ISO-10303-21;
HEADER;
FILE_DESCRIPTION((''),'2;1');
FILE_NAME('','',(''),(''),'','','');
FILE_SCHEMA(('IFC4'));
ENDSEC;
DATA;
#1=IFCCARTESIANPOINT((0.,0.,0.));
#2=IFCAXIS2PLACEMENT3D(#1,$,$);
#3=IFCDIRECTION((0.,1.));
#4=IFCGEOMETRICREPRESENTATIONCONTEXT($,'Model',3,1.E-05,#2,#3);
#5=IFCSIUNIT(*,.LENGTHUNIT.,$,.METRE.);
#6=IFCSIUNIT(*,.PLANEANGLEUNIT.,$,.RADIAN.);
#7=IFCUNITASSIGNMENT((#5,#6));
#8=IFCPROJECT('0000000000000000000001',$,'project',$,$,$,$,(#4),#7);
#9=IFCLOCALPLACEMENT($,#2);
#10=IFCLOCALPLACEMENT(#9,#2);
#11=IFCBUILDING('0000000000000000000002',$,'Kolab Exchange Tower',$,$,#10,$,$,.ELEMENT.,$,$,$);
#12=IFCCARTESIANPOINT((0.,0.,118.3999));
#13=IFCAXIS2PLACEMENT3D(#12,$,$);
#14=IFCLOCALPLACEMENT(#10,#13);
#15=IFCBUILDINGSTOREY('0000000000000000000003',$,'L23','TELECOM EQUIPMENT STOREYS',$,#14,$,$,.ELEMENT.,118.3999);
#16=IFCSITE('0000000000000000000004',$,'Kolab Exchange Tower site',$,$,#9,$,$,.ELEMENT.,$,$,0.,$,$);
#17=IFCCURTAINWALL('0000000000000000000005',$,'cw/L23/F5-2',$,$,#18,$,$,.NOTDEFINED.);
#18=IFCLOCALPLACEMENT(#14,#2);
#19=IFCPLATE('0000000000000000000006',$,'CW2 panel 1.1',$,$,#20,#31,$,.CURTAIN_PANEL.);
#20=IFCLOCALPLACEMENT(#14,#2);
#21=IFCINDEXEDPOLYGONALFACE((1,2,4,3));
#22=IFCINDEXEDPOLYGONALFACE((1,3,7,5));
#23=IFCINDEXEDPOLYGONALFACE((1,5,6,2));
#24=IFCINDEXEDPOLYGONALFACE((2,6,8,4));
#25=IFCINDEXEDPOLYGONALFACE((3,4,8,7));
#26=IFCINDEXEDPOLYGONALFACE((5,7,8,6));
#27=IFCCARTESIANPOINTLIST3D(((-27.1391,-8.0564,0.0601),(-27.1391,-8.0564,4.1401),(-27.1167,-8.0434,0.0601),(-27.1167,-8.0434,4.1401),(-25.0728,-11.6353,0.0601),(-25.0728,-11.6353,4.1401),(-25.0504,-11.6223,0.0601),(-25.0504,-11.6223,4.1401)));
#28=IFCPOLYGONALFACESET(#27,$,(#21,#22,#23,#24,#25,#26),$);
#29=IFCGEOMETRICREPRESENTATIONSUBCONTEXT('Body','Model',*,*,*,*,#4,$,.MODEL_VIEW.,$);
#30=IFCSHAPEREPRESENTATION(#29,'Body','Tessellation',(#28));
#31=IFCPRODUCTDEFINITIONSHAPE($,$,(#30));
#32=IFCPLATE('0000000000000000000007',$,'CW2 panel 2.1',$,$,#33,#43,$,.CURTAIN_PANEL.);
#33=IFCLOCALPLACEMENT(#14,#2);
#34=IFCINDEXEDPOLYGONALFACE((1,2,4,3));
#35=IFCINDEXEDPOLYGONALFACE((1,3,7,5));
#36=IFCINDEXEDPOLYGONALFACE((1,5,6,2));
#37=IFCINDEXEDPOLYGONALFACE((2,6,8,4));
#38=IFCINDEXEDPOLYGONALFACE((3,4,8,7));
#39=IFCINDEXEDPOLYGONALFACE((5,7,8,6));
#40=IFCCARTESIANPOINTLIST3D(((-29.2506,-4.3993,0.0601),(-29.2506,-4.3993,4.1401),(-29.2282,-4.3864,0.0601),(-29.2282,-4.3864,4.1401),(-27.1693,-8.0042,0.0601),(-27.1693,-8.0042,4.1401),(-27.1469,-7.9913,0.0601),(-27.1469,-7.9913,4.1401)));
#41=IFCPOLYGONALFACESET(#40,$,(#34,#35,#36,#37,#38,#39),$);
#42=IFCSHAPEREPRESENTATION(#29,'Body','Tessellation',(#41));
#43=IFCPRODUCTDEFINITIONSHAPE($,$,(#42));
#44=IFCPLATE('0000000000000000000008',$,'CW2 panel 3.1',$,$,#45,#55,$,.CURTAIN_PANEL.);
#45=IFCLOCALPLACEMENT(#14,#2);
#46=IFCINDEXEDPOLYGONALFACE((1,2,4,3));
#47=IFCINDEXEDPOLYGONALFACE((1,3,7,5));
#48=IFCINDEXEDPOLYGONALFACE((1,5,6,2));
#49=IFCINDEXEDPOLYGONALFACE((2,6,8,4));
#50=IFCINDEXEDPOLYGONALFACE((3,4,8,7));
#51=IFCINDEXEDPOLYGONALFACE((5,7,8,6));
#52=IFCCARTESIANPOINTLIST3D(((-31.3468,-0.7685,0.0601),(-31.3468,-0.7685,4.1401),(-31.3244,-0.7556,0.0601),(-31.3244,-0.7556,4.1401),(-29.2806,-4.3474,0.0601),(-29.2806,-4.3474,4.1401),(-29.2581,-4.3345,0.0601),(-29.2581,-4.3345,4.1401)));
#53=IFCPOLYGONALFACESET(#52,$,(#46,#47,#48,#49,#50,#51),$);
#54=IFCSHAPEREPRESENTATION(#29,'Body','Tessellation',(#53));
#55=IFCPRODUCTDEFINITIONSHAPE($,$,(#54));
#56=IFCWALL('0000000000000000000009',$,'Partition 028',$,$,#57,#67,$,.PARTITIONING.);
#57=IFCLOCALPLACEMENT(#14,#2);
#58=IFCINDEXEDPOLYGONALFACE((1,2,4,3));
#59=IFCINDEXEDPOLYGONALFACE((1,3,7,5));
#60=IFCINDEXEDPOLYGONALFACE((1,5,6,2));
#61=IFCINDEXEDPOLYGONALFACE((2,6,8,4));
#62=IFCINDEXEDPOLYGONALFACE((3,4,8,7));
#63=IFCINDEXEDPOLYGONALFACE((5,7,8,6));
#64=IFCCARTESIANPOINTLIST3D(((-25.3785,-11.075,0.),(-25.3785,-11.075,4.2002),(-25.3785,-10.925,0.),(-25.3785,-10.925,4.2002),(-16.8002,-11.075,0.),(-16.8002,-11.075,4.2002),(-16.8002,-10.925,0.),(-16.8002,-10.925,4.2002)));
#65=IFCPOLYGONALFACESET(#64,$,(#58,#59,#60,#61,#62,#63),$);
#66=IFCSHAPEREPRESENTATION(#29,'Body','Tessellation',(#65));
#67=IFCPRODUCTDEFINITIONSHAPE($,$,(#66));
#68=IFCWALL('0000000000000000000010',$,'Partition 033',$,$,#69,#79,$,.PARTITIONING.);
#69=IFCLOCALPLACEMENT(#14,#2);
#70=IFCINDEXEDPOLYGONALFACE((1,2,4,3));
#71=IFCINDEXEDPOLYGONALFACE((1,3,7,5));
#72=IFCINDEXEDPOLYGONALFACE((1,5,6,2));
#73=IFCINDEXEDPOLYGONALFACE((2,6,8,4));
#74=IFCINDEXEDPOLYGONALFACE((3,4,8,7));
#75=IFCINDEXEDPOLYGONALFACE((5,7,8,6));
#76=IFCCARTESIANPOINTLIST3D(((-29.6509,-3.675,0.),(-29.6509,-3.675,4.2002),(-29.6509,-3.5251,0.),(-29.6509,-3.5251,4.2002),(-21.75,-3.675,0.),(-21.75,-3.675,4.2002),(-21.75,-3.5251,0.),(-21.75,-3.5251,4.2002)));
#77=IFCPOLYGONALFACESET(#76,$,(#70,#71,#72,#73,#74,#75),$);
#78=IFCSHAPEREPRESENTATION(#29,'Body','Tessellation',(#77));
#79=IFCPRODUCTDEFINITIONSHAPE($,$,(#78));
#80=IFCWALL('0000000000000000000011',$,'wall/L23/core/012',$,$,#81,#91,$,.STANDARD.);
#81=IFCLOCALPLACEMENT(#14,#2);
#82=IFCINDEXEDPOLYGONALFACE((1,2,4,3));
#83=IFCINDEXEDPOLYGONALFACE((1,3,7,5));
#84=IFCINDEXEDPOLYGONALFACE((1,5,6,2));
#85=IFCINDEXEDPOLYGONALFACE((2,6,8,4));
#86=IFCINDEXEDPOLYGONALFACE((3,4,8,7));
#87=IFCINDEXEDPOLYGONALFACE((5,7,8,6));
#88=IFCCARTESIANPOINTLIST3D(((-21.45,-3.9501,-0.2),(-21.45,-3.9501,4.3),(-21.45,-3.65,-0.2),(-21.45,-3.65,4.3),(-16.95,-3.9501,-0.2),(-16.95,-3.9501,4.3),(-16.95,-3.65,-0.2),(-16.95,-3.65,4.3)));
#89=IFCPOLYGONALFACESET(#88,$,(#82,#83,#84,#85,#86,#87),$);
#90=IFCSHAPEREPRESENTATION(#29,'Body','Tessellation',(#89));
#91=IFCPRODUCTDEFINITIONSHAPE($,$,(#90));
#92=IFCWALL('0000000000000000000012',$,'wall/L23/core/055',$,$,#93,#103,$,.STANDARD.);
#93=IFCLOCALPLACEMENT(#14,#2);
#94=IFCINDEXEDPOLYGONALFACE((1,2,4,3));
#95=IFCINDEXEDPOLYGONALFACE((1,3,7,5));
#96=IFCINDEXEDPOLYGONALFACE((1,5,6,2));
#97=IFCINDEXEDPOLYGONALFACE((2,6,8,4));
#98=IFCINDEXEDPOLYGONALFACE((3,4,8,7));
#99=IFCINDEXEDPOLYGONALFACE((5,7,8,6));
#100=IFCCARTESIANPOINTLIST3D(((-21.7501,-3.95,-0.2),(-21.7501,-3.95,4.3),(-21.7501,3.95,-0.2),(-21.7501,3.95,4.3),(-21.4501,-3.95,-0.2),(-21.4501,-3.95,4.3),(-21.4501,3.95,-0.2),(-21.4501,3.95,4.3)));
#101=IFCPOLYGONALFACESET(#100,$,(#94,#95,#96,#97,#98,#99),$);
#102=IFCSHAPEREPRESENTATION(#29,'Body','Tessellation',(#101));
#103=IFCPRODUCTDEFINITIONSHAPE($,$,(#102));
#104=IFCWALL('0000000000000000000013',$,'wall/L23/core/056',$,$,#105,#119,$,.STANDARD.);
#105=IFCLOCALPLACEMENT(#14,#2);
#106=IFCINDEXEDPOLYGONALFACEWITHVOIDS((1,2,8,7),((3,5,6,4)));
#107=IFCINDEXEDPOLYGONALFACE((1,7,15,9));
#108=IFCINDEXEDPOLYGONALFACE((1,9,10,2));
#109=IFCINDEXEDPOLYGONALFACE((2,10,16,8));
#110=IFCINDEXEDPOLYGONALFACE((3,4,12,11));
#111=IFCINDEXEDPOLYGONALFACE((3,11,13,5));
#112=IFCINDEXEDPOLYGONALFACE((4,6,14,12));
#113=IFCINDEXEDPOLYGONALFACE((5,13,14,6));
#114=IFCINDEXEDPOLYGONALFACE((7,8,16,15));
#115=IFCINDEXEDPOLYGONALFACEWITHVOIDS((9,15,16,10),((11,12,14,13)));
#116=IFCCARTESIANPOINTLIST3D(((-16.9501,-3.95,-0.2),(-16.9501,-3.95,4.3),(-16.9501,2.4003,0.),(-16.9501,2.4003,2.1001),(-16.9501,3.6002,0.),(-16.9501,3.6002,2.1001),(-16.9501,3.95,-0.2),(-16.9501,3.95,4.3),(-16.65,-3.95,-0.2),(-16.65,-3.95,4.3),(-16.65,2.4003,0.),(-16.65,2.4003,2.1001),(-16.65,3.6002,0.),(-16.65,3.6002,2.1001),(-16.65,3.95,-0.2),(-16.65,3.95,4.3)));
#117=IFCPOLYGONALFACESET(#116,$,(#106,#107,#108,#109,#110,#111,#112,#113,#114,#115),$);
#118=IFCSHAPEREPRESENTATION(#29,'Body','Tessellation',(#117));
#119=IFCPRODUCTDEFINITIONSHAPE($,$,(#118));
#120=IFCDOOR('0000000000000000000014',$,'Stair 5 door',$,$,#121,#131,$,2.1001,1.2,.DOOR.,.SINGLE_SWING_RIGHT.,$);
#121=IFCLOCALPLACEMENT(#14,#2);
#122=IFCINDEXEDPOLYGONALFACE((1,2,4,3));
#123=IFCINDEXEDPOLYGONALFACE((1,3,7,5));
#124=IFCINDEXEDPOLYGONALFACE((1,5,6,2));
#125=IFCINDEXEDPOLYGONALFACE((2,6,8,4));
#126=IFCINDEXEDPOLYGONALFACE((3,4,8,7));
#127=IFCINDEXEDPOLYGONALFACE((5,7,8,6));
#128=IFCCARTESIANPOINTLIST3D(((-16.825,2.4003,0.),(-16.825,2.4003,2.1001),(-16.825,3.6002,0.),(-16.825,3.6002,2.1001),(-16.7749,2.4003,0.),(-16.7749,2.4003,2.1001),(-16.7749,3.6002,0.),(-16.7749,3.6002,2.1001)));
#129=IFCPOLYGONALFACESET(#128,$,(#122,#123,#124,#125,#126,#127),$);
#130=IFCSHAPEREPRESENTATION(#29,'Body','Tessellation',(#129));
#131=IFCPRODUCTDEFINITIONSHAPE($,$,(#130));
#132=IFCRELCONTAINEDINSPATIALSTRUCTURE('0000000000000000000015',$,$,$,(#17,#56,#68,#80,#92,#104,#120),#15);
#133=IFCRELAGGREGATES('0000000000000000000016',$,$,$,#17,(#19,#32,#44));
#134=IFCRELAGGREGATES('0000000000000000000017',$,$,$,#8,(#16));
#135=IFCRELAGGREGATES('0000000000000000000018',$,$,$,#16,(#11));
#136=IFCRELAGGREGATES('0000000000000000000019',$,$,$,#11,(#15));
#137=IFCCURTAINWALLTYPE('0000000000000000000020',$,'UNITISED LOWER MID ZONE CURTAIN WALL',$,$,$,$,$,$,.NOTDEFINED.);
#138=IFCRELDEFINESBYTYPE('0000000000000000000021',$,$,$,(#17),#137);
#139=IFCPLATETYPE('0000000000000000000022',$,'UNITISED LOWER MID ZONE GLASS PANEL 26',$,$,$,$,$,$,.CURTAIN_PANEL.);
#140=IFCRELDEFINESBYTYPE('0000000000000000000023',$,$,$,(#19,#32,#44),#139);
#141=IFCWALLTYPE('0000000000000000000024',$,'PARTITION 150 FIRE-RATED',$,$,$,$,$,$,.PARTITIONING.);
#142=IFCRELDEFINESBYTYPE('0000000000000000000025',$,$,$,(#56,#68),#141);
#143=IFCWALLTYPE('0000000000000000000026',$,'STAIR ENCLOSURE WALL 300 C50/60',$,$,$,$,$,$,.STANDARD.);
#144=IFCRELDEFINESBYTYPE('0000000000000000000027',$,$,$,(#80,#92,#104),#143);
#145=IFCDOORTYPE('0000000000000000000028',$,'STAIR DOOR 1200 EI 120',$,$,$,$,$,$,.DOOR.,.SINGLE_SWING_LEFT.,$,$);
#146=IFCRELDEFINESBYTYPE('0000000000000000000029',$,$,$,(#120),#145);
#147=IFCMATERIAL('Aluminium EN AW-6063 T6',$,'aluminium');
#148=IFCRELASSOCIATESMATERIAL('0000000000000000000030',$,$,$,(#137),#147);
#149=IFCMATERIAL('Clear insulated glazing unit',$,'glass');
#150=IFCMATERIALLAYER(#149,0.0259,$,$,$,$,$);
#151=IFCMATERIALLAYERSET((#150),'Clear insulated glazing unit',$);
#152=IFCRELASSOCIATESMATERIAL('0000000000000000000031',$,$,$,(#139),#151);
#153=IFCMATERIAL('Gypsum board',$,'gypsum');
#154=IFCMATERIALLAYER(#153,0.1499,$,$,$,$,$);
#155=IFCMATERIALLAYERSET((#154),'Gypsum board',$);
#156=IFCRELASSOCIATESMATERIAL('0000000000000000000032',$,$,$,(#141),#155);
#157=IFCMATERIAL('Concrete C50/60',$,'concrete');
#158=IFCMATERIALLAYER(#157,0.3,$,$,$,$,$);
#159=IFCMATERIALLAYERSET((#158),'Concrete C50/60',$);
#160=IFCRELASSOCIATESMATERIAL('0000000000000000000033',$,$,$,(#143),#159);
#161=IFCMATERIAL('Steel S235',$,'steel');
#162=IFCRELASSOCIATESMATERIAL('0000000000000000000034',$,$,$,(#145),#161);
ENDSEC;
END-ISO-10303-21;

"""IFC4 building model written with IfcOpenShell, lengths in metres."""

from ifc_helpers import new_model, si_unit, direction, frame, frame_2d, origin, origin_2d, place, context, subcontext, project, spatial, rectangle, extrude, material, layer, layer_set, type_object, element, fill, aggregate, save


model = new_model("IFC4")

# Units and contexts
model_context = context("Model", 3, precision=1e-05, world=origin(), true_north=direction((0.0, 1.0)))
body_context = subcontext(model_context, "Body", "Model", "MODEL_VIEW")
ifc_project = project(units=[si_unit("LENGTHUNIT", "METRE"), si_unit("PLANEANGLEUNIT", "RADIAN")], contexts=[model_context])

# Site, building, storey
site_placement = place(None, origin())
site = spatial("IfcSite", under=ifc_project, at=site_placement, Name="Kolab Exchange Tower site", CompositionType="ELEMENT", RefElevation=0.0)
building_placement = place(site_placement, origin())
building = spatial("IfcBuilding", under=site, at=building_placement, Name="Kolab Exchange Tower", CompositionType="ELEMENT")
storey_placement = place(building_placement, frame((0.0, 0.0, 118.3999)))
storey = spatial("IfcBuildingStorey", under=building, at=storey_placement, Name="L23", Description="TELECOM EQUIPMENT STOREYS", CompositionType="ELEMENT", Elevation=118.3999)

# Curtain wall
ifc_material_1 = material(Name="Aluminium EN AW-6063 T6", Category="aluminium")
curtain_wall_type = type_object("IfcCurtainWallType", Name="UNITISED LOWER MID ZONE CURTAIN WALL", PredefinedType="NOTDEFINED", material=ifc_material_1)
curtain_wall_1_placement = place(storey_placement, origin())
curtain_wall_1 = element("IfcCurtainWall", 1, at=curtain_wall_1_placement, inside=storey, type_object=curtain_wall_type, Name="cw/L23/F5-2", PredefinedType="NOTDEFINED")

# Plates
ifc_material_2 = material(Name="Clear insulated glazing unit", Category="glass")
ifc_layer_1 = layer(ifc_material_2, 0.0259)
ifc_layer_set_1 = layer_set([ifc_layer_1], Name="Clear insulated glazing unit")
plate_type = type_object("IfcPlateType", Name="UNITISED LOWER MID ZONE GLASS PANEL 26", PredefinedType="CURTAIN_PANEL", material=ifc_layer_set_1)
plate_1_placement = place(storey_placement, frame((-26.0947, -9.8394, 0.0601), z_axis=(0.0, 0.0, 1.0), x_axis=(-0.5, 0.866025, 0.0)))
plate_1 = element("IfcPlate", 2, at=plate_1_placement, type_object=plate_type, Name="CW2 panel 1.1", PredefinedType="CURTAIN_PANEL", context=body_context, shape_type="SweptSolid", body=[
    extrude(rectangle(XDim=4.1326, YDim=0.0259, at=origin_2d()), origin(), (0.0, 0.0, 1.0), 4.0801),
])
plate_2_placement = place(storey_placement, frame((-28.1987, -6.1953, 0.0601), z_axis=(0.0, 0.0, 1.0), x_axis=(-0.5, 0.866025, 0.0)))
plate_2 = element("IfcPlate", 3, at=plate_2_placement, type_object=plate_type, Name="CW2 panel 2.1", PredefinedType="CURTAIN_PANEL", context=body_context, shape_type="SweptSolid", body=[
    extrude(rectangle(XDim=4.1626, YDim=0.0259, at=origin_2d()), origin(), (0.0, 0.0, 1.0), 4.0801),
])
plate_3_placement = place(storey_placement, frame((-30.3025, -2.5515, 0.0601), z_axis=(0.0, 0.0, 1.0), x_axis=(-0.5, 0.866025, 0.0)))
plate_3 = element("IfcPlate", 4, at=plate_3_placement, type_object=plate_type, Name="CW2 panel 3.1", PredefinedType="CURTAIN_PANEL", context=body_context, shape_type="SweptSolid", body=[
    extrude(rectangle(XDim=4.1326, YDim=0.0259, at=origin_2d()), origin(), (0.0, 0.0, 1.0), 4.0801),
])
aggregate(curtain_wall_1, [plate_1, plate_2, plate_3])

# Walls
ifc_material_3 = material(Name="Gypsum board", Category="gypsum")
ifc_layer_2 = layer(ifc_material_3, 0.1499)
ifc_layer_set_2 = layer_set([ifc_layer_2], Name="Gypsum board")
wall_type_1 = type_object("IfcWallType", Name="PARTITION 150 FIRE-RATED", PredefinedType="PARTITIONING", material=ifc_layer_set_2)
wall_1_placement = place(storey_placement, frame((-25.3784, -11.0, 0.0), z_axis=(0.0, 0.0, 1.0), x_axis=(1.0, 0.0, 0.0)))
element("IfcWall", 5, at=wall_1_placement, inside=storey, type_object=wall_type_1, Name="Partition 028", PredefinedType="PARTITIONING", context=body_context, shape_type="SweptSolid", body=[
    extrude(rectangle(XDim=8.5784, YDim=0.1499, at=frame_2d((4.2891, 0.0))), origin(), (0.0, 0.0, 1.0), 4.2002),
])
wall_2_placement = place(storey_placement, frame((-29.6509, -3.6001, 0.0), z_axis=(0.0, 0.0, 1.0), x_axis=(1.0, 0.0, 0.0)))
element("IfcWall", 6, at=wall_2_placement, inside=storey, type_object=wall_type_1, Name="Partition 033", PredefinedType="PARTITIONING", context=body_context, shape_type="SweptSolid", body=[
    extrude(rectangle(XDim=7.9009, YDim=0.1499, at=frame_2d((3.9504, 0.0))), origin(), (0.0, 0.0, 1.0), 4.2002),
])
ifc_material_4 = material(Name="Concrete C50/60", Category="concrete")
ifc_layer_3 = layer(ifc_material_4, 0.3)
ifc_layer_set_3 = layer_set([ifc_layer_3], Name="Concrete C50/60")
wall_type_2 = type_object("IfcWallType", Name="STAIR ENCLOSURE WALL 300 C50/60", PredefinedType="STANDARD", material=ifc_layer_set_3)
wall_3_placement = place(storey_placement, frame((-21.45, -3.8, -0.2), z_axis=(0.0, 0.0, 1.0), x_axis=(1.0, 0.0, 0.0)))
element("IfcWall", 7, at=wall_3_placement, inside=storey, type_object=wall_type_2, Name="wall/L23/core/012", PredefinedType="STANDARD", context=body_context, shape_type="SweptSolid", body=[
    extrude(rectangle(XDim=4.5, YDim=0.3, at=frame_2d((2.25, 0.0))), origin(), (0.0, 0.0, 1.0), 4.5),
])
wall_4_placement = place(storey_placement, frame((-21.6001, -3.95, -0.2), z_axis=(0.0, 0.0, 1.0), x_axis=(0.0, 1.0, 0.0)))
element("IfcWall", 8, at=wall_4_placement, inside=storey, type_object=wall_type_2, Name="wall/L23/core/055", PredefinedType="STANDARD", context=body_context, shape_type="SweptSolid", body=[
    extrude(rectangle(XDim=7.8999, YDim=0.3, at=frame_2d((3.95, 0.0))), origin(), (0.0, 0.0, 1.0), 4.5),
])

# Wall, opening, door
wall_5_placement = place(storey_placement, frame((-16.8, -3.95, -0.2), z_axis=(0.0, 0.0, 1.0), x_axis=(0.0, 1.0, 0.0)))
wall_5 = element("IfcWall", 9, at=wall_5_placement, inside=storey, type_object=wall_type_2, Name="wall/L23/core/056", PredefinedType="STANDARD", context=body_context, shape_type="SweptSolid", body=[
    extrude(rectangle(XDim=7.8999, YDim=0.3, at=frame_2d((3.95, 0.0))), origin(), (0.0, 0.0, 1.0), 4.5),
])
opening_placement = place(wall_5_placement, frame((6.3501, 0.0, 0.2)))
opening = element("IfcOpeningElement", 10, at=opening_placement, cuts=wall_5, PredefinedType="OPENING", context=body_context, shape_type="SweptSolid", body=[
    extrude(rectangle(XDim=1.2, YDim=2.1001, at=frame_2d((0.6001, 1.05))), frame((0.0, 0.1602, 0.0), z_axis=(0.0, -1.0, 0.0), x_axis=(1.0, 0.0, 0.0)), (0.0, 0.0, 1.0), 0.3201),
])
ifc_material_5 = material(Name="Steel S235", Category="steel")
door_type = type_object("IfcDoorType", Name="STAIR DOOR 1200 EI 120", OperationType="SINGLE_SWING_LEFT", PredefinedType="DOOR", material=ifc_material_5)
door_placement = place(opening_placement, origin())
door = element("IfcDoor", 11, at=door_placement, inside=storey, type_object=door_type, Name="Stair 5 door", OperationType="SINGLE_SWING_RIGHT", OverallHeight=2.1001, OverallWidth=1.2, PredefinedType="DOOR", context=body_context, shape_type="SweptSolid", body=[
    extrude(rectangle(XDim=1.2, YDim=2.1001, at=frame_2d((0.6001, 1.05))), frame((0.0, 0.0249, 0.0), z_axis=(0.0, -1.0, 0.0), x_axis=(1.0, 0.0, 0.0)), (0.0, 0.0, 1.0), 0.05),
])
fill(opening, door)

save(model, "model.ifc")
